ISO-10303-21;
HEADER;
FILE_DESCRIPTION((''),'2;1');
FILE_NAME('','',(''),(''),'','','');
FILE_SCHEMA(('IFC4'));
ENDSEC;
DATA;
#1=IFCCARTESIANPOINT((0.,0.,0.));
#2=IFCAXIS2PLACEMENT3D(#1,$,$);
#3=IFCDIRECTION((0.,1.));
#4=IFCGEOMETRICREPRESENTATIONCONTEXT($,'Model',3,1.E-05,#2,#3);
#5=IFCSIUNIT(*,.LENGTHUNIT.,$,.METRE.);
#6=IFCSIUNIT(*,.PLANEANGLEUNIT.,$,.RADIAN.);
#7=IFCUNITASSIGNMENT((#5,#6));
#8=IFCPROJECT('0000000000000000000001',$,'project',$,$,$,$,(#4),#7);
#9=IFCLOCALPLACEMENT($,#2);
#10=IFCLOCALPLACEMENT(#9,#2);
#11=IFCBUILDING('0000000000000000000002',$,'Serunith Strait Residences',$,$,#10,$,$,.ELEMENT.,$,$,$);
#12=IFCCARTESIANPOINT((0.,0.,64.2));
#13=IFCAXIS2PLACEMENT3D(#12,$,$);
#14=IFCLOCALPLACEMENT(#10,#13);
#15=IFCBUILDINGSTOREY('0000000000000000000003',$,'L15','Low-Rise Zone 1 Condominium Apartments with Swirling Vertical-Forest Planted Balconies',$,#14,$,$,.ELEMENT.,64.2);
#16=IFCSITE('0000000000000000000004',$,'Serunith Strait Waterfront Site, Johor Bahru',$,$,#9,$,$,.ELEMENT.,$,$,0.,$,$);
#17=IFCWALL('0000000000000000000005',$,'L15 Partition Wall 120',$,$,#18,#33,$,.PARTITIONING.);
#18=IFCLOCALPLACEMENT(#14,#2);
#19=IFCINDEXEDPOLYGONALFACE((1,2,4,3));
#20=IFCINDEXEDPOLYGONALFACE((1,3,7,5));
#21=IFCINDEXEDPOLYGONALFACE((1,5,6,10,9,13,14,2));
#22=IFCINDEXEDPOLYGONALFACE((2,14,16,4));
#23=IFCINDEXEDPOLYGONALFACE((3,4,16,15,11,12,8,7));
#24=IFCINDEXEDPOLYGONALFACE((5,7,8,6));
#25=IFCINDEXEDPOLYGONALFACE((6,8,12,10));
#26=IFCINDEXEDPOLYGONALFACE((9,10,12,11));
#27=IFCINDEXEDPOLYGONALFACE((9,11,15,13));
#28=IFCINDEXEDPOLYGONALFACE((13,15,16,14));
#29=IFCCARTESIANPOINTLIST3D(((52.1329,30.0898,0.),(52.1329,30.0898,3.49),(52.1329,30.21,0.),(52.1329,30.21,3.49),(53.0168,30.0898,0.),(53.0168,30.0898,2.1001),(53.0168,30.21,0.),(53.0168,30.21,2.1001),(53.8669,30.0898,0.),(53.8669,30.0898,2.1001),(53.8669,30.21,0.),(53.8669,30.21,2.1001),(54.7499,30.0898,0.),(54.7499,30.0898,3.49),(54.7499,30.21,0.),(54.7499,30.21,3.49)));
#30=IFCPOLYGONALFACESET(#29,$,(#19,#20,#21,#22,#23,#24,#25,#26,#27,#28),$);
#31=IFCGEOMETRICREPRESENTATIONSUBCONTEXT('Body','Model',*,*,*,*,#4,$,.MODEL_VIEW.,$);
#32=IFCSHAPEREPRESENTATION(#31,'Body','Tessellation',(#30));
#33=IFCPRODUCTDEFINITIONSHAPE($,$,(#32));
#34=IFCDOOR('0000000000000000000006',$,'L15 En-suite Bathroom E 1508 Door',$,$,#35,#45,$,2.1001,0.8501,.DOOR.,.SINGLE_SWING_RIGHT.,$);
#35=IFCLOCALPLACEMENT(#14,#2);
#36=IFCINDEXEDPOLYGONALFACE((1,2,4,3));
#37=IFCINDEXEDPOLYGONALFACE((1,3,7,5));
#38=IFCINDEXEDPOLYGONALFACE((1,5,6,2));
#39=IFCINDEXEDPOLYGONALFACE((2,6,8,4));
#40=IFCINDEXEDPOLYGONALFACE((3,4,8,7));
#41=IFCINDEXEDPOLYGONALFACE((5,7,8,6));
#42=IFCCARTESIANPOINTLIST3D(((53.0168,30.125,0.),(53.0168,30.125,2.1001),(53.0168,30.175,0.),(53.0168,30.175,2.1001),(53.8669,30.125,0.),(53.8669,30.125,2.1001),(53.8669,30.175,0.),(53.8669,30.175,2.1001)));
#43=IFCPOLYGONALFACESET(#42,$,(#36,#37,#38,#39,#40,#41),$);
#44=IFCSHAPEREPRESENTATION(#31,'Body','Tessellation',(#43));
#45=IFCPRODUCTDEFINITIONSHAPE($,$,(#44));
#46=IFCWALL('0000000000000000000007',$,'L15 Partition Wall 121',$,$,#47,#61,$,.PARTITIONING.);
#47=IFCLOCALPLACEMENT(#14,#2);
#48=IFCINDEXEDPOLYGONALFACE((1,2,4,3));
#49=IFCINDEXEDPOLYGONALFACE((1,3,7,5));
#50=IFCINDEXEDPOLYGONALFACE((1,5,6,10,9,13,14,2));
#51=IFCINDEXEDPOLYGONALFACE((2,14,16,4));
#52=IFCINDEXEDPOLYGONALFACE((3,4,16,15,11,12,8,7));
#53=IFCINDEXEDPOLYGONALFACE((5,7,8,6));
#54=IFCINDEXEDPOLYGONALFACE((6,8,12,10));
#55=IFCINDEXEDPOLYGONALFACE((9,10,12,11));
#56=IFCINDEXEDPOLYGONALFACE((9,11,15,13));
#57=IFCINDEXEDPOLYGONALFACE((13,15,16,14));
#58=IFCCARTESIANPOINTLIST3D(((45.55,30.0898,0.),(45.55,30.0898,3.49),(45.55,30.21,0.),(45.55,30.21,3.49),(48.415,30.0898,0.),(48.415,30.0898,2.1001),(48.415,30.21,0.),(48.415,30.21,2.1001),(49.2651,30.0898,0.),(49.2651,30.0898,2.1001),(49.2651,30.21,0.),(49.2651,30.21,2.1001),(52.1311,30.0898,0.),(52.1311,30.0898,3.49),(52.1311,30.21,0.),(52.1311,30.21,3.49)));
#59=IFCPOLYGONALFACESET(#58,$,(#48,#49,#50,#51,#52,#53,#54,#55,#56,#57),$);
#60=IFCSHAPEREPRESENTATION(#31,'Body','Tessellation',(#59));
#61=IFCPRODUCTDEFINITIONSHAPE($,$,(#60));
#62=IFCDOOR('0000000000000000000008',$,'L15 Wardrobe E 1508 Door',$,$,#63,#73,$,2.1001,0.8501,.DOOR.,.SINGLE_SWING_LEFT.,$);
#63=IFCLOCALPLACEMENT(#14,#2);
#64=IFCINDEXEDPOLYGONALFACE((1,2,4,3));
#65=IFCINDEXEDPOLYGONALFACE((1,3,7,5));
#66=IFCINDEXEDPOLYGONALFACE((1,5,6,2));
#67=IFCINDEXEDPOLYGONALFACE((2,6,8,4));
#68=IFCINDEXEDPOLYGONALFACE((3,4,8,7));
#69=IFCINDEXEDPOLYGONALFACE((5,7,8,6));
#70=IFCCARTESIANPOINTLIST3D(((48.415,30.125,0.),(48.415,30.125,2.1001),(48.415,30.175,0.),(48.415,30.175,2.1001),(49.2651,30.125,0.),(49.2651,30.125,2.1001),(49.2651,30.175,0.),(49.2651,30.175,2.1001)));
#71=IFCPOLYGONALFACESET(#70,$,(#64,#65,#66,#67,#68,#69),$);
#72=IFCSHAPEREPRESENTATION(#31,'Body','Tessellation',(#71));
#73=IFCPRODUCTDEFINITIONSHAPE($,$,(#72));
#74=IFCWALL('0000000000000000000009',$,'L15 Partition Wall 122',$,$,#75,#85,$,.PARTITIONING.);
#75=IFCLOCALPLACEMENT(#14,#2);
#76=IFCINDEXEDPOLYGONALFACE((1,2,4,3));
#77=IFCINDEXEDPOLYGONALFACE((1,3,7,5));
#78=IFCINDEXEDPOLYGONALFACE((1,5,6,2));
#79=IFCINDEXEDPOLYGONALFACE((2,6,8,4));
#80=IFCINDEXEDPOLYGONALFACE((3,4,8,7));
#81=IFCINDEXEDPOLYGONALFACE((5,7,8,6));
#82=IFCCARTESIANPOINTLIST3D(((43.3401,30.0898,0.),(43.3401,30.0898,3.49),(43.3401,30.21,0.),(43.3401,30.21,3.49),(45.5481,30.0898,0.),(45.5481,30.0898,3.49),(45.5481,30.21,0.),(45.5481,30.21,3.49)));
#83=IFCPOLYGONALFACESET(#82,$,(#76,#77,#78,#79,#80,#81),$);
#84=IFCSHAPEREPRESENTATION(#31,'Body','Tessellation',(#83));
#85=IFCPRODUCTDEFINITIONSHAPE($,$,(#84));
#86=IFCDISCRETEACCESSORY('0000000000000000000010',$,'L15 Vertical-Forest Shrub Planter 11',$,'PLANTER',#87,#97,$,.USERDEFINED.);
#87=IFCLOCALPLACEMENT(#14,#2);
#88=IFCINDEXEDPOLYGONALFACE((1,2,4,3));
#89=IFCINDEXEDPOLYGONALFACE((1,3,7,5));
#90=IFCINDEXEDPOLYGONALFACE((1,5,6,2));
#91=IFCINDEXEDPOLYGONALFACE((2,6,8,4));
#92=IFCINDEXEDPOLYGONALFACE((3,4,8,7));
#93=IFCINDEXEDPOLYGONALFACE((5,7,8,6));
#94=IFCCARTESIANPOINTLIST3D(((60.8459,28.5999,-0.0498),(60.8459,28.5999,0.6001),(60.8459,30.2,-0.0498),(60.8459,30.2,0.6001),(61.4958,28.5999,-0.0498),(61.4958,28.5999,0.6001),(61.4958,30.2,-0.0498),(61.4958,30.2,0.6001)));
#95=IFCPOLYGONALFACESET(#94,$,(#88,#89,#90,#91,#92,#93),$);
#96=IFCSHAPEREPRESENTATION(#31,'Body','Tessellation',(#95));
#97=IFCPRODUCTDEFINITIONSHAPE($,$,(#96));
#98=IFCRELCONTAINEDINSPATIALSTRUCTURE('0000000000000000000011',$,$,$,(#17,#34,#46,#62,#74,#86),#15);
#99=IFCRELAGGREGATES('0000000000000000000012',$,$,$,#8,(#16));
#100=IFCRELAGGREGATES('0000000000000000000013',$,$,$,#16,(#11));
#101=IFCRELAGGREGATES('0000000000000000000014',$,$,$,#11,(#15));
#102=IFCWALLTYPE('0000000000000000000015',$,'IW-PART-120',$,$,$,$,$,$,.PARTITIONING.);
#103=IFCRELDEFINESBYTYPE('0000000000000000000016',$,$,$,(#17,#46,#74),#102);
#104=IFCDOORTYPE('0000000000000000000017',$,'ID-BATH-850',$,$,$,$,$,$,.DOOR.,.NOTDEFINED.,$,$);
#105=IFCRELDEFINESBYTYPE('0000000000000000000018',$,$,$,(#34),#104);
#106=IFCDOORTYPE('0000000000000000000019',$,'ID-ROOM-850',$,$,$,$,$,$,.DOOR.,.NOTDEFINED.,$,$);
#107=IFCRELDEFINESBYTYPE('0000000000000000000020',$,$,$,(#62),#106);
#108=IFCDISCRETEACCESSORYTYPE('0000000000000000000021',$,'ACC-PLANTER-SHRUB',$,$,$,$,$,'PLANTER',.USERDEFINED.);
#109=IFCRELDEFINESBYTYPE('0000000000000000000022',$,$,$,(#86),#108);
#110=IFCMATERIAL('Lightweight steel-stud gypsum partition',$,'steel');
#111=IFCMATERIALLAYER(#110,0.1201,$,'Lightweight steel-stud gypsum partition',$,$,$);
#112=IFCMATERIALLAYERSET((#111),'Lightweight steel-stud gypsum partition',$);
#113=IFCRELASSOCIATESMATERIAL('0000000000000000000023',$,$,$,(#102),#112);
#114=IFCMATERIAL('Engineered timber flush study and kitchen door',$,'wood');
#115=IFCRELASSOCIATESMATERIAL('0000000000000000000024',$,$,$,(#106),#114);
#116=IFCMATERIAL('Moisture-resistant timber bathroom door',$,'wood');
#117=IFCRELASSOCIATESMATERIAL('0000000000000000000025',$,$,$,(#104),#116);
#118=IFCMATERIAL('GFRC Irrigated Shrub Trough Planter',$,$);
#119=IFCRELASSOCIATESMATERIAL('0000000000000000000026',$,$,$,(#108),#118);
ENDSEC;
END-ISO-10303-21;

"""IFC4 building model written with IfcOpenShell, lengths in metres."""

from ifc_helpers import new_model, si_unit, direction, frame, frame_2d, origin, origin_2d, place, context, subcontext, project, spatial, rectangle, extrude, source, transform, mapped, material, layer, layer_set, type_object, element, fill, save


model = new_model("IFC4")

# Units and contexts
model_context = context("Model", 3, precision=1e-05, world=origin(), true_north=direction((0.0, 1.0)))
body_context = subcontext(model_context, "Body", "Model", "MODEL_VIEW")
ifc_project = project(units=[si_unit("LENGTHUNIT", "METRE"), si_unit("PLANEANGLEUNIT", "RADIAN")], contexts=[model_context])

# Site, building, storey
site_placement = place(None, origin())
site = spatial("IfcSite", under=ifc_project, at=site_placement, Name="Serunith Strait Waterfront Site, Johor Bahru", CompositionType="ELEMENT", RefElevation=0.0)
building_placement = place(site_placement, origin())
building = spatial("IfcBuilding", under=site, at=building_placement, Name="Serunith Strait Residences", CompositionType="ELEMENT")
storey_placement = place(building_placement, frame((0.0, 0.0, 64.2)))
storey = spatial("IfcBuildingStorey", under=building, at=storey_placement, Name="L15", Description="Low-Rise Zone 1 Condominium Apartments with Swirling Vertical-Forest Planted Balconies", CompositionType="ELEMENT", Elevation=64.2)

# Shared definitions
ifc_material_1 = material(Name="Lightweight steel-stud gypsum partition", Category="steel")
ifc_layer_1 = layer(ifc_material_1, 0.1201, Name="Lightweight steel-stud gypsum partition")
ifc_layer_set_1 = layer_set([ifc_layer_1], Name="Lightweight steel-stud gypsum partition")
wall_type = type_object("IfcWallType", Name="IW-PART-120", PredefinedType="PARTITIONING", material=ifc_layer_set_1)

# Shared definitions
ifc_material_2 = material(Name="Engineered timber flush study and kitchen door", Category="wood")
door_type_1 = type_object("IfcDoorType", Name="ID-ROOM-850", OperationType="NOTDEFINED", PredefinedType="DOOR", material=ifc_material_2)
shared_shape_1 = source(origin(), body_context, "Body", "SweptSolid", [
    extrude(rectangle(XDim=0.8501, YDim=2.1001, at=frame_2d((0.425, 1.05))), frame((0.0, 0.0249, 0.0), z_axis=(0.0, -1.0, 0.0), x_axis=(1.0, 0.0, 0.0)), (0.0, 0.0, 1.0), 0.05),
])

# Walls, openings, doors
wall_1_placement = place(storey_placement, frame((54.75, 30.1499, 0.0), z_axis=(0.0, 0.0, 1.0), x_axis=(-1.0, 0.0, 0.0)))
wall_1 = element("IfcWall", 1, at=wall_1_placement, inside=storey, type_object=wall_type, Name="L15 Partition Wall 120", PredefinedType="PARTITIONING", context=body_context, shape_type="SweptSolid", body=[
    extrude(rectangle(XDim=2.6169, YDim=0.1201, at=frame_2d((1.3086, 0.0))), origin(), (0.0, 0.0, 1.0), 3.49),
])
opening_1_placement = place(wall_1_placement, frame((0.8831, 0.0, 0.0)))
opening_1 = element("IfcOpeningElement", 2, at=opening_1_placement, cuts=wall_1, PredefinedType="OPENING", context=body_context, shape_type="SweptSolid", body=[
    extrude(rectangle(XDim=0.8501, YDim=2.1001, at=frame_2d((0.425, 1.05))), frame((0.0, 0.0701, 0.0), z_axis=(0.0, -1.0, 0.0), x_axis=(1.0, 0.0, 0.0)), (0.0, 0.0, 1.0), 0.1401),
])
ifc_material_3 = material(Name="Moisture-resistant timber bathroom door", Category="wood")
door_type_2 = type_object("IfcDoorType", Name="ID-BATH-850", OperationType="NOTDEFINED", PredefinedType="DOOR", material=ifc_material_3)
door_1_placement = place(opening_1_placement, origin())
door_1 = element("IfcDoor", 3, at=door_1_placement, inside=storey, type_object=door_type_2, Name="L15 En-suite Bathroom E 1508 Door", OperationType="SINGLE_SWING_RIGHT", OverallHeight=2.1001, OverallWidth=0.8501, PredefinedType="DOOR", context=body_context, shape_type="MappedRepresentation", body=[
    mapped(shared_shape_1, transform((0.0, 0.0, 0.0), scale=1.0)),
])
fill(opening_1, door_1)
wall_2_placement = place(storey_placement, frame((52.1311, 30.1499, 0.0), z_axis=(0.0, 0.0, 1.0), x_axis=(-1.0, 0.0, 0.0)))
wall_2 = element("IfcWall", 4, at=wall_2_placement, inside=storey, type_object=wall_type, Name="L15 Partition Wall 121", PredefinedType="PARTITIONING", context=body_context, shape_type="SweptSolid", body=[
    extrude(rectangle(XDim=6.5811, YDim=0.1201, at=frame_2d((3.2905, 0.0))), origin(), (0.0, 0.0, 1.0), 3.49),
])
opening_2_placement = place(wall_2_placement, frame((2.866, 0.0, 0.0)))
opening_2 = element("IfcOpeningElement", 5, at=opening_2_placement, cuts=wall_2, PredefinedType="OPENING", context=body_context, shape_type="SweptSolid", body=[
    extrude(rectangle(XDim=0.8501, YDim=2.1001, at=frame_2d((0.425, 1.05))), frame((0.0, 0.0701, 0.0), z_axis=(0.0, -1.0, 0.0), x_axis=(1.0, 0.0, 0.0)), (0.0, 0.0, 1.0), 0.1401),
])
door_2_placement = place(opening_2_placement, origin())
door_2 = element("IfcDoor", 6, at=door_2_placement, inside=storey, type_object=door_type_1, Name="L15 Wardrobe E 1508 Door", OperationType="SINGLE_SWING_LEFT", OverallHeight=2.1001, OverallWidth=0.8501, PredefinedType="DOOR", context=body_context, shape_type="MappedRepresentation", body=[
    mapped(shared_shape_1, transform((0.0, 0.0, 0.0), scale=1.0)),
])
fill(opening_2, door_2)

# Wall
wall_3_placement = place(storey_placement, frame((45.5481, 30.1499, 0.0), z_axis=(0.0, 0.0, 1.0), x_axis=(-1.0, 0.0, 0.0)))
element("IfcWall", 7, at=wall_3_placement, inside=storey, type_object=wall_type, Name="L15 Partition Wall 122", PredefinedType="PARTITIONING", context=body_context, shape_type="SweptSolid", body=[
    extrude(rectangle(XDim=2.208, YDim=0.1201, at=frame_2d((1.104, 0.0))), origin(), (0.0, 0.0, 1.0), 3.49),
])

# Discrete accessory
ifc_material_4 = material(Name="GFRC Irrigated Shrub Trough Planter")
discrete_accessory_type = type_object("IfcDiscreteAccessoryType", Name="ACC-PLANTER-SHRUB", ElementType="PLANTER", PredefinedType="USERDEFINED", material=ifc_material_4)
shared_shape_2 = source(origin(), body_context, "Body", "SweptSolid", [
    extrude(rectangle(XDim=1.6001, YDim=0.6499, at=origin_2d()), origin(), (0.0, 0.0, 1.0), 0.6499),
])
discrete_accessory_placement = place(storey_placement, frame((61.1709, 29.3999, -0.0498), z_axis=(0.0, 0.0, 1.0), x_axis=(0.0, 1.0, 0.0)))
element("IfcDiscreteAccessory", 8, at=discrete_accessory_placement, inside=storey, type_object=discrete_accessory_type, Name="L15 Vertical-Forest Shrub Planter 11", ObjectType="PLANTER", PredefinedType="USERDEFINED", context=body_context, shape_type="MappedRepresentation", body=[
    mapped(shared_shape_2, transform((0.0, 0.0, 0.0), scale=1.0)),
])

save(model, "model.ifc")
